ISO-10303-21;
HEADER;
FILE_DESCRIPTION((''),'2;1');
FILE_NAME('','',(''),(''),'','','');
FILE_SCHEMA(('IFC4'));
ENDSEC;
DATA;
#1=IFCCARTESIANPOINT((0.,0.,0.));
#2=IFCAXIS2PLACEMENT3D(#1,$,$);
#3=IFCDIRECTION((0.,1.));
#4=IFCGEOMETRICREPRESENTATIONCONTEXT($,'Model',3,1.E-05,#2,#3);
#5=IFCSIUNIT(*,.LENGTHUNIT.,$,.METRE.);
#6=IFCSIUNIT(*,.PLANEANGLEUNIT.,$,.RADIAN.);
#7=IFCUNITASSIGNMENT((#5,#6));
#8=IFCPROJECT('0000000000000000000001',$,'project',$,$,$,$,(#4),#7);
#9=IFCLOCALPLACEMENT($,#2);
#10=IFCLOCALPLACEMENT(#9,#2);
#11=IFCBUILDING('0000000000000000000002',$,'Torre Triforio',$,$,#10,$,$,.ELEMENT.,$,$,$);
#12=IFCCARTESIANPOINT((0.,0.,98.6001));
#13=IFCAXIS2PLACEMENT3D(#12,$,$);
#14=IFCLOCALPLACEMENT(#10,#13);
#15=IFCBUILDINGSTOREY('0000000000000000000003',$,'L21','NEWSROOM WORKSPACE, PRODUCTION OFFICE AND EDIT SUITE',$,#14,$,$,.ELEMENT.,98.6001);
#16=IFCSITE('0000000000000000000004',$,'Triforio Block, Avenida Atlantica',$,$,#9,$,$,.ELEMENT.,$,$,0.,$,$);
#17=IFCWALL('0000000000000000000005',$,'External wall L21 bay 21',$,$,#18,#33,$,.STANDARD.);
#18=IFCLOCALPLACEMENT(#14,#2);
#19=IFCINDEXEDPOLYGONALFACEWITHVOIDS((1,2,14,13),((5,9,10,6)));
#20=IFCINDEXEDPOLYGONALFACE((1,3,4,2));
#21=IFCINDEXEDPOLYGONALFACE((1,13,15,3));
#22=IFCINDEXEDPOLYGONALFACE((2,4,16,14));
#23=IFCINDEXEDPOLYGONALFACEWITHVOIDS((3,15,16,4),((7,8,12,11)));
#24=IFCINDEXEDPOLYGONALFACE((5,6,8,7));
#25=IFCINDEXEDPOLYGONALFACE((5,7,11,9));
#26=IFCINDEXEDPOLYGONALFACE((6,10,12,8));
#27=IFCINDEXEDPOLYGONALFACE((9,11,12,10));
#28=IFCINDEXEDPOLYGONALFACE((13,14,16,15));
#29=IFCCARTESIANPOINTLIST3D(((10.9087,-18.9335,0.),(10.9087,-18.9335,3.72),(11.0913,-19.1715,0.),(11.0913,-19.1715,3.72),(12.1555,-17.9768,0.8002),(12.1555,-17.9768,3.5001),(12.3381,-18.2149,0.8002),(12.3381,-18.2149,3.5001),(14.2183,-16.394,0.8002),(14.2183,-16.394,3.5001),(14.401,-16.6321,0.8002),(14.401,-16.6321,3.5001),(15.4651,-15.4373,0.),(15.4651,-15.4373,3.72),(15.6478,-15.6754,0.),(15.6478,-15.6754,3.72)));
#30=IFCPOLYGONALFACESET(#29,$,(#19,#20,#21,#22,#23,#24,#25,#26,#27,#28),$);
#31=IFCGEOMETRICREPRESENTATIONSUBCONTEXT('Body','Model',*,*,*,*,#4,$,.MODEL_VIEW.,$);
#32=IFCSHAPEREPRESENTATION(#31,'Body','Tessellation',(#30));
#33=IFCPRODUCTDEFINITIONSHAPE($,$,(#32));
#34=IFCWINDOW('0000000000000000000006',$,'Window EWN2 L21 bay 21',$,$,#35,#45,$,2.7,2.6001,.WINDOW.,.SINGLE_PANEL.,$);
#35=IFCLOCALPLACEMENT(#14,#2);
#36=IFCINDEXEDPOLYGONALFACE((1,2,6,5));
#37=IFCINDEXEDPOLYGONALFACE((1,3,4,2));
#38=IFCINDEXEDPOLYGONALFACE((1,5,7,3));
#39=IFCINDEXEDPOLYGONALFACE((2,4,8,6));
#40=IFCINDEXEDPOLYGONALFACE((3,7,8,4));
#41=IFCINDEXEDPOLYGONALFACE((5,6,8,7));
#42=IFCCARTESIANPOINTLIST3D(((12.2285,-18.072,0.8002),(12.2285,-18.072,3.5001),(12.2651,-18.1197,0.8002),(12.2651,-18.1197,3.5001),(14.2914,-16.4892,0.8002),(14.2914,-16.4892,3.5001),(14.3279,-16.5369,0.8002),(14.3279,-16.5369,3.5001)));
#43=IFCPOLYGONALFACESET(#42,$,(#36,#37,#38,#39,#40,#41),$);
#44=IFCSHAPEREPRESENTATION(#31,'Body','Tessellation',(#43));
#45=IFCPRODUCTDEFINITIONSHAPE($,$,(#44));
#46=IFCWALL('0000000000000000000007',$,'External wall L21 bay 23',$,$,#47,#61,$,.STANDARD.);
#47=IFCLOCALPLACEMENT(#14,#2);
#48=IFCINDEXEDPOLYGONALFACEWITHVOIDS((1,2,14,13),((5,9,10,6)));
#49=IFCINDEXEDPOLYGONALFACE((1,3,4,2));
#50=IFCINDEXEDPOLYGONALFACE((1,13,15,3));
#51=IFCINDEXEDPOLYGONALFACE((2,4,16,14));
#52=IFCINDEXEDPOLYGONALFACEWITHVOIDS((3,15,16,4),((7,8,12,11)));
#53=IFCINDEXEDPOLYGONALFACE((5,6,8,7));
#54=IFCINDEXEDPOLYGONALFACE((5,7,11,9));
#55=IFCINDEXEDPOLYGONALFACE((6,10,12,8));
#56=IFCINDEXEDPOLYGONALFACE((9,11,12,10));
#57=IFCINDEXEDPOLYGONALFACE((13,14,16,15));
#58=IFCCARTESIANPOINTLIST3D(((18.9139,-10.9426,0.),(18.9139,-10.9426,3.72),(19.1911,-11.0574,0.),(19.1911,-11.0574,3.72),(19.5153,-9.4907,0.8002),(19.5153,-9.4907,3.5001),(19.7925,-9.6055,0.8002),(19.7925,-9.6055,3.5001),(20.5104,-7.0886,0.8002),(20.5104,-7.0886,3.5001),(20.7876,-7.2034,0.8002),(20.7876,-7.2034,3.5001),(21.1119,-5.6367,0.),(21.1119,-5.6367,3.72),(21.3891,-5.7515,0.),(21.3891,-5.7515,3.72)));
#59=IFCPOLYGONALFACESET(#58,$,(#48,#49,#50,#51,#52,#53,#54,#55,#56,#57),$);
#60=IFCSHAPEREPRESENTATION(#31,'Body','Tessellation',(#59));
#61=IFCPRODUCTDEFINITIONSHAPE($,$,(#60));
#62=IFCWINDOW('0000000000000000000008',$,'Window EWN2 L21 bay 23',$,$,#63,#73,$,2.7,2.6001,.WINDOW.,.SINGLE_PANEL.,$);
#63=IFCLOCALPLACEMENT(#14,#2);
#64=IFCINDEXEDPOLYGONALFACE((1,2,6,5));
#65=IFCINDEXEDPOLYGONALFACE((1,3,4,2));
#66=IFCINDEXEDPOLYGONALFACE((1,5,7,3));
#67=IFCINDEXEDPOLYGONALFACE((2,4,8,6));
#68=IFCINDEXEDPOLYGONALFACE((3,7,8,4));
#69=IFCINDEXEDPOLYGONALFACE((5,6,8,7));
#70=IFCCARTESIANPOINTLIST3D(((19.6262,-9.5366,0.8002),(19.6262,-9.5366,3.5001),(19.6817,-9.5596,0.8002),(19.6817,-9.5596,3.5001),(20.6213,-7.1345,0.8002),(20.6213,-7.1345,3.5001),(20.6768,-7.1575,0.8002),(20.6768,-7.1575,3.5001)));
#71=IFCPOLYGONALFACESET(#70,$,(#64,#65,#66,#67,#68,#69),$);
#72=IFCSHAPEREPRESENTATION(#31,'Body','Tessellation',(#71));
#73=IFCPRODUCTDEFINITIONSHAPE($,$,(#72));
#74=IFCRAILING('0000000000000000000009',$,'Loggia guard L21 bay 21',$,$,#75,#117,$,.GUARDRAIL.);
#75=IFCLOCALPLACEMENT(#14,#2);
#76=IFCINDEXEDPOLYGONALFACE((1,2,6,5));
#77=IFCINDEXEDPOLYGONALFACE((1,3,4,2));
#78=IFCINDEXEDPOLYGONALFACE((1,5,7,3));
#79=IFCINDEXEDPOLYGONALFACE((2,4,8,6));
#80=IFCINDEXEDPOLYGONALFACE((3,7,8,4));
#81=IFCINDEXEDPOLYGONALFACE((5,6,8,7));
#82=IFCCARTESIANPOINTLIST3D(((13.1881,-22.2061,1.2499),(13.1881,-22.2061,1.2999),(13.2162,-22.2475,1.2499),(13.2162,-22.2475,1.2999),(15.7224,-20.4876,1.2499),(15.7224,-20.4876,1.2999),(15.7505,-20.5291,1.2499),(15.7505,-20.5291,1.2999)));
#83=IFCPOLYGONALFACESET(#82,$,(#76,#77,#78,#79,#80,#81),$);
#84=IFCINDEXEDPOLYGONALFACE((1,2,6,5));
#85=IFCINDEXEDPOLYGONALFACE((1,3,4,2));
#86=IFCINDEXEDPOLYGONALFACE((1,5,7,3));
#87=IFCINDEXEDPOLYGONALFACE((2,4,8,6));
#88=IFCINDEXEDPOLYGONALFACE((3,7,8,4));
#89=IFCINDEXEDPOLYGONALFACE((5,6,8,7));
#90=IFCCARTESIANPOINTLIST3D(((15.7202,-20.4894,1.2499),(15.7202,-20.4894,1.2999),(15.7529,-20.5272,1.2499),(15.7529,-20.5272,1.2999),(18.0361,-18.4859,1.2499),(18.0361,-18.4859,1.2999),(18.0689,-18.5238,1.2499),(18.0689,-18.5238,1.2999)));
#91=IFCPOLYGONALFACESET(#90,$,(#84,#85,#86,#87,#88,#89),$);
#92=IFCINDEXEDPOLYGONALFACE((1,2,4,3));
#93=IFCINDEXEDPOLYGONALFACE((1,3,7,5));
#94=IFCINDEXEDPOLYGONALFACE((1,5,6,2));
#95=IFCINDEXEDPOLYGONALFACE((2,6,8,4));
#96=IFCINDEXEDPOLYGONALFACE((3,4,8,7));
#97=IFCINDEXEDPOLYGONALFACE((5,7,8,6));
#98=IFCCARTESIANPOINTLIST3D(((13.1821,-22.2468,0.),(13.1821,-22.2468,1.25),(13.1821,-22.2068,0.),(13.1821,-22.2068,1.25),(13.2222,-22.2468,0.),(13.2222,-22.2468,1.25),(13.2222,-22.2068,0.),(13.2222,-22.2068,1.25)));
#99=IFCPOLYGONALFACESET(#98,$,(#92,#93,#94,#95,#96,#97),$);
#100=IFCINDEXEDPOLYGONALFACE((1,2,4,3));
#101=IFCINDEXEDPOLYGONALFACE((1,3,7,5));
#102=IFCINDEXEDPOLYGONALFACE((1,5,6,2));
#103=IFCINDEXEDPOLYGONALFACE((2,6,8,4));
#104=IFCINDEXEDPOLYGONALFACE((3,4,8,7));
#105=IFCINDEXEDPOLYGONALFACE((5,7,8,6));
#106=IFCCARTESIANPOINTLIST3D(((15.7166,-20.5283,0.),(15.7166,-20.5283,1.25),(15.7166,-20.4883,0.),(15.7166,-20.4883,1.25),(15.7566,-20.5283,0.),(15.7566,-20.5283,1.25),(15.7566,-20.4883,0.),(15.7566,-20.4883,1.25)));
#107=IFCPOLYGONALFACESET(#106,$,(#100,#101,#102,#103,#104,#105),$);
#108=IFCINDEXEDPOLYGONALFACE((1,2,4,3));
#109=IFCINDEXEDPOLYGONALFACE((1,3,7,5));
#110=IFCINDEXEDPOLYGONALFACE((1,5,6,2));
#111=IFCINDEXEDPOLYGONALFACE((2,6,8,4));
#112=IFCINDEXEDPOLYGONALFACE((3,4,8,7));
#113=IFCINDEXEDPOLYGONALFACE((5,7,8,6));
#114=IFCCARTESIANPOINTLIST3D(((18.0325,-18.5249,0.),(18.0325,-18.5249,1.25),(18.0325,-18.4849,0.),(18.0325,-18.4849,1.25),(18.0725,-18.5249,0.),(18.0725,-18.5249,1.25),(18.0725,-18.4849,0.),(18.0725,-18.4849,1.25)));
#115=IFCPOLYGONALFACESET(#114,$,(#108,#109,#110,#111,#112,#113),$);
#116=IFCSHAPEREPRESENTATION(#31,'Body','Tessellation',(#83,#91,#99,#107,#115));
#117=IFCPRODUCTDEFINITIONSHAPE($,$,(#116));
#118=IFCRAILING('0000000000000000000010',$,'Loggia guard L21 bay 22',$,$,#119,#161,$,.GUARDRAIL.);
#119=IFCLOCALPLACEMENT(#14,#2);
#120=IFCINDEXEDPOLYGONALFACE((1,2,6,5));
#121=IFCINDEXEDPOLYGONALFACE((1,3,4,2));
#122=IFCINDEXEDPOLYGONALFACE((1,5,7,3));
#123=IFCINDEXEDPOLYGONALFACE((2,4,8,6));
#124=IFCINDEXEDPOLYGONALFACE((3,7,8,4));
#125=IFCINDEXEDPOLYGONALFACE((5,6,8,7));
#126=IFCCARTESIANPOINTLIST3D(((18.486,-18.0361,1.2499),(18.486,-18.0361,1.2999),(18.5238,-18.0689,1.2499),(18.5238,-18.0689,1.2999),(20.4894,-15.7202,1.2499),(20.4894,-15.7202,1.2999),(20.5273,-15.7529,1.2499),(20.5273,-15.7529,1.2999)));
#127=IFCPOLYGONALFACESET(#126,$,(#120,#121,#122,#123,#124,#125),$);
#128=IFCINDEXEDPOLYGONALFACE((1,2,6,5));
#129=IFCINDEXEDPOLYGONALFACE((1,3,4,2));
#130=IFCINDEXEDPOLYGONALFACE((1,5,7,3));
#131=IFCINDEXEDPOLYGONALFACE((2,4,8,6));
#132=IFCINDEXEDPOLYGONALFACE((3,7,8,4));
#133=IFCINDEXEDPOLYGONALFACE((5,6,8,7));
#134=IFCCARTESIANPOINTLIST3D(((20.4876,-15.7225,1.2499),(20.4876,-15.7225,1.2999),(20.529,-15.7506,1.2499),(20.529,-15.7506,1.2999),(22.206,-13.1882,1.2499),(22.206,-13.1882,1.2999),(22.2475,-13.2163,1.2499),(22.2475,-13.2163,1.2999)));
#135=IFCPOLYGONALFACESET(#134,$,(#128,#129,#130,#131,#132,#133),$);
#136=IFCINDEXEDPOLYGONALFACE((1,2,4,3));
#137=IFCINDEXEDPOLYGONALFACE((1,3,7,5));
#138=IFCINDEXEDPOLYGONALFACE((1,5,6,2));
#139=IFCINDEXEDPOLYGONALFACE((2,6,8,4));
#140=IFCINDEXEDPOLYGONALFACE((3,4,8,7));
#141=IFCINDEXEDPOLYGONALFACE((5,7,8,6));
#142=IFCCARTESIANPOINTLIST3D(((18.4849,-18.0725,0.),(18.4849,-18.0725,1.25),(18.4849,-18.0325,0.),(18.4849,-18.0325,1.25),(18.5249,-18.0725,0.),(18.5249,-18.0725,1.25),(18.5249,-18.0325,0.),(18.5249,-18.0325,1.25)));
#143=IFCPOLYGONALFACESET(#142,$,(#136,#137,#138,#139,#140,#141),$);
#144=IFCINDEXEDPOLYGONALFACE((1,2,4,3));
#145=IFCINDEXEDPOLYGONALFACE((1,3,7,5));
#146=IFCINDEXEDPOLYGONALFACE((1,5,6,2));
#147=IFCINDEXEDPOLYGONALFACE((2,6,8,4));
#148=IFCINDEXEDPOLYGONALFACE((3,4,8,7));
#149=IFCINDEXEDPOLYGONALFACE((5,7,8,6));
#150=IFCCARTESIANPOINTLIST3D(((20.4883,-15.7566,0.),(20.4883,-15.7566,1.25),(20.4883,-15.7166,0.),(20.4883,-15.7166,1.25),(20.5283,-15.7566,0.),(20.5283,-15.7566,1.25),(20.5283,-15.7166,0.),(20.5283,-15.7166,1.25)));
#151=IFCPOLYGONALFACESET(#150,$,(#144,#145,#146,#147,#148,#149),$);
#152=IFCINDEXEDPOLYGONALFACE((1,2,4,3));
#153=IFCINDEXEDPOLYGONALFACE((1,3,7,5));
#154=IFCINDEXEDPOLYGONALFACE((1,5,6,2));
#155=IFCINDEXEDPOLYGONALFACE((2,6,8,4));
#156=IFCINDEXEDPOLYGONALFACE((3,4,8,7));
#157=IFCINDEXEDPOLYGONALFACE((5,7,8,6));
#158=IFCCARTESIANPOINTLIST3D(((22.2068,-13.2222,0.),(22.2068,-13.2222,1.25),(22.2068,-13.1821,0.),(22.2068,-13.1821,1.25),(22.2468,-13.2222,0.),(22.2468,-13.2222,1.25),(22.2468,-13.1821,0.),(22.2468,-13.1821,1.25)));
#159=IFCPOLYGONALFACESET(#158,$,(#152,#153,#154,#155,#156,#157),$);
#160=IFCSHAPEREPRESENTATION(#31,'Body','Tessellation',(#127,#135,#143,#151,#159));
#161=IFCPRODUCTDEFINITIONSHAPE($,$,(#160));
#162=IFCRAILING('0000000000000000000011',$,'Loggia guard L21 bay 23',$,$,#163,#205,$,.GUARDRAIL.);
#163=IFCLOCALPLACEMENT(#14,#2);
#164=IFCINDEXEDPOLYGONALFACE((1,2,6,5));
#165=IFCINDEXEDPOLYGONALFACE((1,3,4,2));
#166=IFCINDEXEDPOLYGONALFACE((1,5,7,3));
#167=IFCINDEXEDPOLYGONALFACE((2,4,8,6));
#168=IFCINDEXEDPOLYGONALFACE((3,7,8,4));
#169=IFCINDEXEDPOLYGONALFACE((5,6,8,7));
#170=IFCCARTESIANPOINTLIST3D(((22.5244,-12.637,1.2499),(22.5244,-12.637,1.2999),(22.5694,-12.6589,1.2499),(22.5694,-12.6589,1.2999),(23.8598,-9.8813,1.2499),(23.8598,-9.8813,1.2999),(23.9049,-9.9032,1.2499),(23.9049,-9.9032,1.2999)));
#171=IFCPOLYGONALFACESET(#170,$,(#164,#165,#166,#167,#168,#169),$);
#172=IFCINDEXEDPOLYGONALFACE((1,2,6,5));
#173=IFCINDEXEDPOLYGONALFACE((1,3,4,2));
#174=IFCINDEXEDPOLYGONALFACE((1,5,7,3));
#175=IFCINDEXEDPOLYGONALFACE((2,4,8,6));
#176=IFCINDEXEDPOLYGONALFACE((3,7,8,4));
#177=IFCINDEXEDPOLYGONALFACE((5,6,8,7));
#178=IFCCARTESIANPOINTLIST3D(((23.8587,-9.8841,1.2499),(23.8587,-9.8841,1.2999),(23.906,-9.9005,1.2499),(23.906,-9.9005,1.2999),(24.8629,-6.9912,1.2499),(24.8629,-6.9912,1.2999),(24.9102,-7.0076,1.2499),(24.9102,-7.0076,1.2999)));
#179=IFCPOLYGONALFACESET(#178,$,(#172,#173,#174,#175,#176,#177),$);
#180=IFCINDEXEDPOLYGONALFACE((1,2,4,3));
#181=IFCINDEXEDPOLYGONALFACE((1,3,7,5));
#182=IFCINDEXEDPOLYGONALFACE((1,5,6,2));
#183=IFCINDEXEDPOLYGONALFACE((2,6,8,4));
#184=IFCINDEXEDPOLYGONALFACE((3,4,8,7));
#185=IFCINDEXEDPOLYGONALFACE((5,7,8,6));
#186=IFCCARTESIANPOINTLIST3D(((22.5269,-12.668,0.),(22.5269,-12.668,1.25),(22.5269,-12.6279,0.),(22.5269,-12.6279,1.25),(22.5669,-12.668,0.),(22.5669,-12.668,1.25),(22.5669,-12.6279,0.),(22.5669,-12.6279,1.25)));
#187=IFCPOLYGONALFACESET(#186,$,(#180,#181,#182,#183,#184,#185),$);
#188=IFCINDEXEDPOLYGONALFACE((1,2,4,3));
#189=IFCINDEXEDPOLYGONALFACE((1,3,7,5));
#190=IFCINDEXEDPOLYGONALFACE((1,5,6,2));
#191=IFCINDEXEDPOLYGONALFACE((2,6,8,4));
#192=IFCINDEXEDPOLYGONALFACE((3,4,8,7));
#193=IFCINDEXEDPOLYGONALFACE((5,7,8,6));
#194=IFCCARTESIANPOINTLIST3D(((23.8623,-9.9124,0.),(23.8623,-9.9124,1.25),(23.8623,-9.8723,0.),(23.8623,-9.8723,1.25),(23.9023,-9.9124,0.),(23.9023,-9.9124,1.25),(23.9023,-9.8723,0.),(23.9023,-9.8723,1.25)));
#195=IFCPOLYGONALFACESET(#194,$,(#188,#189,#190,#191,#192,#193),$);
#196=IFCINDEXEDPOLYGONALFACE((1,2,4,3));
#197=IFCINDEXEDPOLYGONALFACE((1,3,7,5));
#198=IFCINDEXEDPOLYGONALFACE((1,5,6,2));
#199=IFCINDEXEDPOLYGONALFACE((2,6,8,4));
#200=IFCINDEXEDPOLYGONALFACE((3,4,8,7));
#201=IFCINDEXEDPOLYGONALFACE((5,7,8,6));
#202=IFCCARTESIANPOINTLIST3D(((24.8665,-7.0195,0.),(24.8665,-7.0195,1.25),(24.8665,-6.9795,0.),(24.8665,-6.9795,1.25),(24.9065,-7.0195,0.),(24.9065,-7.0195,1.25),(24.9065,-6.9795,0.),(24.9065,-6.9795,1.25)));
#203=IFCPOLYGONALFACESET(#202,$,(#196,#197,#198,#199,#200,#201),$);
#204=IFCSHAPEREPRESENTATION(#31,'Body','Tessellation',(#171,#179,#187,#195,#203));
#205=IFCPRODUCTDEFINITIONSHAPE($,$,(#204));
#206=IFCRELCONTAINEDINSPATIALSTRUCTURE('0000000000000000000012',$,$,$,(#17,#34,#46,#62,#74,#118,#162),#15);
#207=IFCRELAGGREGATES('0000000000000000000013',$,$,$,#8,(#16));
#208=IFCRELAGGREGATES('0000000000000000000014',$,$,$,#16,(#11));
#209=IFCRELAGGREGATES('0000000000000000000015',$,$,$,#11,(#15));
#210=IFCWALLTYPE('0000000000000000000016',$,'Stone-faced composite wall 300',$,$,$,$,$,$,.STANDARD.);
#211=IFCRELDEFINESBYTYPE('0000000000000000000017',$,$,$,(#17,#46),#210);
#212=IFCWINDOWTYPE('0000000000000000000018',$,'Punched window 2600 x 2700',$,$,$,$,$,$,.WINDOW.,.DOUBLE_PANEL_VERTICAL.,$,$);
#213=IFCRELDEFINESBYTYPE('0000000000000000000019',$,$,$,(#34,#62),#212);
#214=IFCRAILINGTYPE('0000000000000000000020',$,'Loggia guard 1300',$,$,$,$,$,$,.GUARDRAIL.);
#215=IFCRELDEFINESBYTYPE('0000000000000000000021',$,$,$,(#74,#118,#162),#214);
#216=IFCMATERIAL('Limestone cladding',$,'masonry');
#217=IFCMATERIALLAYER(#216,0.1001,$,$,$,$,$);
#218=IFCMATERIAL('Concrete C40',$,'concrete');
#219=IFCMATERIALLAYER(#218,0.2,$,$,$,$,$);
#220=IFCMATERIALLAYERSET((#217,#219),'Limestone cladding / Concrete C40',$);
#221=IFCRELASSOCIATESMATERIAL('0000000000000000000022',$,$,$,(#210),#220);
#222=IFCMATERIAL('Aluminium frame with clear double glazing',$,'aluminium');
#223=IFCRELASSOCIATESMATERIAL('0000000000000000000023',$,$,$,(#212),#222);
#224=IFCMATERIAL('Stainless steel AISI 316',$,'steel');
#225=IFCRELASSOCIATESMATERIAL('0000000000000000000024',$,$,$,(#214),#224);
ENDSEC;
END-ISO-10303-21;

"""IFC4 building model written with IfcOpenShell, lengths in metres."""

from ifc_helpers import new_model, si_unit, direction, frame, frame_2d, origin, origin_2d, place, context, subcontext, project, spatial, rectangle, extrude, material, layer, layer_set, type_object, element, fill, save


model = new_model("IFC4")

# Units and contexts
model_context = context("Model", 3, precision=1e-05, world=origin(), true_north=direction((0.0, 1.0)))
body_context = subcontext(model_context, "Body", "Model", "MODEL_VIEW")
ifc_project = project(units=[si_unit("LENGTHUNIT", "METRE"), si_unit("PLANEANGLEUNIT", "RADIAN")], contexts=[model_context])

# Site, building, storey
site_placement = place(None, origin())
site = spatial("IfcSite", under=ifc_project, at=site_placement, Name="Triforio Block, Avenida Atlantica", CompositionType="ELEMENT", RefElevation=0.0)
building_placement = place(site_placement, origin())
building = spatial("IfcBuilding", under=site, at=building_placement, Name="Torre Triforio", CompositionType="ELEMENT")
storey_placement = place(building_placement, frame((0.0, 0.0, 98.6001)))
storey = spatial("IfcBuildingStorey", under=building, at=storey_placement, Name="L21", Description="NEWSROOM WORKSPACE, PRODUCTION OFFICE AND EDIT SUITE", CompositionType="ELEMENT", Elevation=98.6001)

# Shared definitions
ifc_material_1 = material(Name="Limestone cladding", Category="masonry")
ifc_material_2 = material(Name="Concrete C40", Category="concrete")

# Wall, opening, window
ifc_layer_1 = layer(ifc_material_1, 0.1001)
ifc_layer_2 = layer(ifc_material_2, 0.2)
ifc_layer_set_1 = layer_set([ifc_layer_1, ifc_layer_2], Name="Limestone cladding / Concrete C40")
wall_type_1 = type_object("IfcWallType", Name="Stone-faced composite wall 300", PredefinedType="STANDARD", material=ifc_layer_set_1)
wall_1_placement = place(storey_placement, frame((11.0, -19.0525, 0.0), z_axis=(0.0, 0.0, 1.0), x_axis=(0.793366, 0.608745, 0.0)))
wall_1 = element("IfcWall", 1, at=wall_1_placement, inside=storey, type_object=wall_type_1, Name="External wall L21 bay 21", PredefinedType="STANDARD", context=body_context, shape_type="SweptSolid", body=[
    extrude(rectangle(XDim=5.7432, YDim=0.3, at=frame_2d((2.8716, 0.0))), origin(), (0.0, 0.0, 1.0), 3.72),
])
opening_1_placement = place(wall_1_placement, frame((1.5715, 0.0, 0.8)))
opening_1 = element("IfcOpeningElement", 2, at=opening_1_placement, cuts=wall_1, PredefinedType="OPENING", context=body_context, shape_type="SweptSolid", body=[
    extrude(rectangle(XDim=2.6001, YDim=2.7, at=frame_2d((1.3, 1.3501))), frame((0.0, 0.1599, 0.0), z_axis=(0.0, -1.0, 0.0), x_axis=(1.0, 0.0, 0.0)), (0.0, 0.0, 1.0), 0.3201),
])
ifc_material_3 = material(Name="Aluminium frame with clear double glazing", Category="aluminium")
window_type_1 = type_object("IfcWindowType", Name="Punched window 2600 x 2700", PartitioningType="DOUBLE_PANEL_VERTICAL", PredefinedType="WINDOW", material=ifc_material_3)
window_1_placement = place(opening_1_placement, origin())
window_1 = element("IfcWindow", 3, at=window_1_placement, inside=storey, type_object=window_type_1, Name="Window EWN2 L21 bay 21", OverallHeight=2.7, OverallWidth=2.6001, PartitioningType="SINGLE_PANEL", PredefinedType="WINDOW", context=body_context, shape_type="SweptSolid", body=[
    extrude(rectangle(XDim=2.6001, YDim=2.7, at=frame_2d((1.3, 1.3501))), frame((0.0, 0.03, 0.0), z_axis=(0.0, -1.0, 0.0), x_axis=(1.0, 0.0, 0.0)), (0.0, 0.0, 1.0), 0.0601),
])
fill(opening_1, window_1)

# Wall, opening, window
wall_2_placement = place(storey_placement, frame((19.0525, -11.0, 0.0), z_axis=(0.0, 0.0, 1.0), x_axis=(0.382716, 0.923866, 0.0)))
wall_2 = element("IfcWall", 4, at=wall_2_placement, inside=storey, type_object=wall_type_1, Name="External wall L21 bay 23", PredefinedType="STANDARD", context=body_context, shape_type="SweptSolid", body=[
    extrude(rectangle(XDim=5.7432, YDim=0.3, at=frame_2d((2.8716, 0.0))), origin(), (0.0, 0.0, 1.0), 3.72),
])
opening_2_placement = place(wall_2_placement, frame((1.5715, 0.0, 0.8)))
opening_2 = element("IfcOpeningElement", 5, at=opening_2_placement, cuts=wall_2, PredefinedType="OPENING", context=body_context, shape_type="SweptSolid", body=[
    extrude(rectangle(XDim=2.6001, YDim=2.7, at=frame_2d((1.3, 1.3501))), frame((0.0, 0.1599, 0.0), z_axis=(0.0, -1.0, 0.0), x_axis=(1.0, 0.0, 0.0)), (0.0, 0.0, 1.0), 0.3201),
])
window_2_placement = place(opening_2_placement, origin())
window_2 = element("IfcWindow", 6, at=window_2_placement, inside=storey, type_object=window_type_1, Name="Window EWN2 L21 bay 23", OverallHeight=2.7, OverallWidth=2.6001, PartitioningType="SINGLE_PANEL", PredefinedType="WINDOW", context=body_context, shape_type="SweptSolid", body=[
    extrude(rectangle(XDim=2.6001, YDim=2.7, at=frame_2d((1.3, 1.3501))), frame((0.0, 0.03, 0.0), z_axis=(0.0, -1.0, 0.0), x_axis=(1.0, 0.0, 0.0)), (0.0, 0.0, 1.0), 0.0601),
])
fill(opening_2, window_2)

# Railings
ifc_material_4 = material(Name="Stainless steel AISI 316", Category="steel")
railing_type = type_object("IfcRailingType", Name="Loggia guard 1300", PredefinedType="GUARDRAIL", material=ifc_material_4)
railing_1_placement = place(storey_placement, frame((13.2021, -22.2268, 0.0)))
element("IfcRailing", 7, at=railing_1_placement, inside=storey, type_object=railing_type, Name="Loggia guard L21 bay 21", PredefinedType="GUARDRAIL", context=body_context, shape_type="SweptSolid", body=[
    extrude(rectangle(XDim=0.05, YDim=0.05, at=origin_2d()), frame((0.0, 0.0, 1.2749), z_axis=(0.82767, 0.561215, 0.0), x_axis=(-0.561215, 0.82767, 0.0)), (0.0, 0.0, 1.0), 3.062),
    extrude(rectangle(XDim=0.05, YDim=0.05, at=origin_2d()), frame((2.5344, 1.7185, 1.2749), z_axis=(0.756289, 0.654238, 0.0), x_axis=(-0.654238, 0.756289, 0.0)), (0.0, 0.0, 1.0), 3.0623),
    extrude(rectangle(XDim=0.04, YDim=0.04, at=origin_2d()), origin(), (0.0, 0.0, 1.0), 1.25),
    extrude(rectangle(XDim=0.04, YDim=0.04, at=origin_2d()), frame((2.5344, 1.7185, 0.0)), (0.0, 0.0, 1.0), 1.25),
    extrude(rectangle(XDim=0.04, YDim=0.04, at=origin_2d()), frame((4.8503, 3.7219, 0.0)), (0.0, 0.0, 1.0), 1.25),
])
railing_2_placement = place(storey_placement, frame((18.5049, -18.0525, 0.0)))
element("IfcRailing", 8, at=railing_2_placement, inside=storey, type_object=railing_type, Name="Loggia guard L21 bay 22", PredefinedType="GUARDRAIL", context=body_context, shape_type="SweptSolid", body=[
    extrude(rectangle(XDim=0.05, YDim=0.05, at=origin_2d()), frame((0.0, 0.0, 1.2749), z_axis=(0.654238, 0.756289, 0.0), x_axis=(-0.756289, 0.654238, 0.0)), (0.0, 0.0, 1.0), 3.0623),
    extrude(rectangle(XDim=0.05, YDim=0.05, at=origin_2d()), frame((2.0034, 2.3159, 1.2749), z_axis=(0.561215, 0.82767, 0.0), x_axis=(-0.82767, 0.561215, 0.0)), (0.0, 0.0, 1.0), 3.062),
    extrude(rectangle(XDim=0.04, YDim=0.04, at=origin_2d()), origin(), (0.0, 0.0, 1.0), 1.25),
    extrude(rectangle(XDim=0.04, YDim=0.04, at=origin_2d()), frame((2.0034, 2.3159, 0.0)), (0.0, 0.0, 1.0), 1.25),
    extrude(rectangle(XDim=0.04, YDim=0.04, at=origin_2d()), frame((3.7219, 4.8503, 0.0)), (0.0, 0.0, 1.0), 1.25),
])
railing_3_placement = place(storey_placement, frame((22.5469, -12.6479, 0.0)))
element("IfcRailing", 9, at=railing_3_placement, inside=storey, type_object=railing_type, Name="Loggia guard L21 bay 23", PredefinedType="GUARDRAIL", context=body_context, shape_type="SweptSolid", body=[
    extrude(rectangle(XDim=0.05, YDim=0.05, at=origin_2d()), frame((0.0, 0.0, 1.2749), z_axis=(0.436113, 0.899892, 0.0), x_axis=(-0.899892, 0.436113, 0.0)), (0.0, 0.0, 1.0), 3.0623),
    extrude(rectangle(XDim=0.05, YDim=0.05, at=origin_2d()), frame((1.3354, 2.7556, 1.2749), z_axis=(0.327924, 0.944704, 0.0), x_axis=(-0.944704, 0.327924, 0.0)), (0.0, 0.0, 1.0), 3.0623),
    extrude(rectangle(XDim=0.04, YDim=0.04, at=origin_2d()), origin(), (0.0, 0.0, 1.0), 1.25),
    extrude(rectangle(XDim=0.04, YDim=0.04, at=origin_2d()), frame((1.3354, 2.7556, 0.0)), (0.0, 0.0, 1.0), 1.25),
    extrude(rectangle(XDim=0.04, YDim=0.04, at=origin_2d()), frame((2.3396, 5.6484, 0.0)), (0.0, 0.0, 1.0), 1.25),
])

save(model, "model.ifc")
